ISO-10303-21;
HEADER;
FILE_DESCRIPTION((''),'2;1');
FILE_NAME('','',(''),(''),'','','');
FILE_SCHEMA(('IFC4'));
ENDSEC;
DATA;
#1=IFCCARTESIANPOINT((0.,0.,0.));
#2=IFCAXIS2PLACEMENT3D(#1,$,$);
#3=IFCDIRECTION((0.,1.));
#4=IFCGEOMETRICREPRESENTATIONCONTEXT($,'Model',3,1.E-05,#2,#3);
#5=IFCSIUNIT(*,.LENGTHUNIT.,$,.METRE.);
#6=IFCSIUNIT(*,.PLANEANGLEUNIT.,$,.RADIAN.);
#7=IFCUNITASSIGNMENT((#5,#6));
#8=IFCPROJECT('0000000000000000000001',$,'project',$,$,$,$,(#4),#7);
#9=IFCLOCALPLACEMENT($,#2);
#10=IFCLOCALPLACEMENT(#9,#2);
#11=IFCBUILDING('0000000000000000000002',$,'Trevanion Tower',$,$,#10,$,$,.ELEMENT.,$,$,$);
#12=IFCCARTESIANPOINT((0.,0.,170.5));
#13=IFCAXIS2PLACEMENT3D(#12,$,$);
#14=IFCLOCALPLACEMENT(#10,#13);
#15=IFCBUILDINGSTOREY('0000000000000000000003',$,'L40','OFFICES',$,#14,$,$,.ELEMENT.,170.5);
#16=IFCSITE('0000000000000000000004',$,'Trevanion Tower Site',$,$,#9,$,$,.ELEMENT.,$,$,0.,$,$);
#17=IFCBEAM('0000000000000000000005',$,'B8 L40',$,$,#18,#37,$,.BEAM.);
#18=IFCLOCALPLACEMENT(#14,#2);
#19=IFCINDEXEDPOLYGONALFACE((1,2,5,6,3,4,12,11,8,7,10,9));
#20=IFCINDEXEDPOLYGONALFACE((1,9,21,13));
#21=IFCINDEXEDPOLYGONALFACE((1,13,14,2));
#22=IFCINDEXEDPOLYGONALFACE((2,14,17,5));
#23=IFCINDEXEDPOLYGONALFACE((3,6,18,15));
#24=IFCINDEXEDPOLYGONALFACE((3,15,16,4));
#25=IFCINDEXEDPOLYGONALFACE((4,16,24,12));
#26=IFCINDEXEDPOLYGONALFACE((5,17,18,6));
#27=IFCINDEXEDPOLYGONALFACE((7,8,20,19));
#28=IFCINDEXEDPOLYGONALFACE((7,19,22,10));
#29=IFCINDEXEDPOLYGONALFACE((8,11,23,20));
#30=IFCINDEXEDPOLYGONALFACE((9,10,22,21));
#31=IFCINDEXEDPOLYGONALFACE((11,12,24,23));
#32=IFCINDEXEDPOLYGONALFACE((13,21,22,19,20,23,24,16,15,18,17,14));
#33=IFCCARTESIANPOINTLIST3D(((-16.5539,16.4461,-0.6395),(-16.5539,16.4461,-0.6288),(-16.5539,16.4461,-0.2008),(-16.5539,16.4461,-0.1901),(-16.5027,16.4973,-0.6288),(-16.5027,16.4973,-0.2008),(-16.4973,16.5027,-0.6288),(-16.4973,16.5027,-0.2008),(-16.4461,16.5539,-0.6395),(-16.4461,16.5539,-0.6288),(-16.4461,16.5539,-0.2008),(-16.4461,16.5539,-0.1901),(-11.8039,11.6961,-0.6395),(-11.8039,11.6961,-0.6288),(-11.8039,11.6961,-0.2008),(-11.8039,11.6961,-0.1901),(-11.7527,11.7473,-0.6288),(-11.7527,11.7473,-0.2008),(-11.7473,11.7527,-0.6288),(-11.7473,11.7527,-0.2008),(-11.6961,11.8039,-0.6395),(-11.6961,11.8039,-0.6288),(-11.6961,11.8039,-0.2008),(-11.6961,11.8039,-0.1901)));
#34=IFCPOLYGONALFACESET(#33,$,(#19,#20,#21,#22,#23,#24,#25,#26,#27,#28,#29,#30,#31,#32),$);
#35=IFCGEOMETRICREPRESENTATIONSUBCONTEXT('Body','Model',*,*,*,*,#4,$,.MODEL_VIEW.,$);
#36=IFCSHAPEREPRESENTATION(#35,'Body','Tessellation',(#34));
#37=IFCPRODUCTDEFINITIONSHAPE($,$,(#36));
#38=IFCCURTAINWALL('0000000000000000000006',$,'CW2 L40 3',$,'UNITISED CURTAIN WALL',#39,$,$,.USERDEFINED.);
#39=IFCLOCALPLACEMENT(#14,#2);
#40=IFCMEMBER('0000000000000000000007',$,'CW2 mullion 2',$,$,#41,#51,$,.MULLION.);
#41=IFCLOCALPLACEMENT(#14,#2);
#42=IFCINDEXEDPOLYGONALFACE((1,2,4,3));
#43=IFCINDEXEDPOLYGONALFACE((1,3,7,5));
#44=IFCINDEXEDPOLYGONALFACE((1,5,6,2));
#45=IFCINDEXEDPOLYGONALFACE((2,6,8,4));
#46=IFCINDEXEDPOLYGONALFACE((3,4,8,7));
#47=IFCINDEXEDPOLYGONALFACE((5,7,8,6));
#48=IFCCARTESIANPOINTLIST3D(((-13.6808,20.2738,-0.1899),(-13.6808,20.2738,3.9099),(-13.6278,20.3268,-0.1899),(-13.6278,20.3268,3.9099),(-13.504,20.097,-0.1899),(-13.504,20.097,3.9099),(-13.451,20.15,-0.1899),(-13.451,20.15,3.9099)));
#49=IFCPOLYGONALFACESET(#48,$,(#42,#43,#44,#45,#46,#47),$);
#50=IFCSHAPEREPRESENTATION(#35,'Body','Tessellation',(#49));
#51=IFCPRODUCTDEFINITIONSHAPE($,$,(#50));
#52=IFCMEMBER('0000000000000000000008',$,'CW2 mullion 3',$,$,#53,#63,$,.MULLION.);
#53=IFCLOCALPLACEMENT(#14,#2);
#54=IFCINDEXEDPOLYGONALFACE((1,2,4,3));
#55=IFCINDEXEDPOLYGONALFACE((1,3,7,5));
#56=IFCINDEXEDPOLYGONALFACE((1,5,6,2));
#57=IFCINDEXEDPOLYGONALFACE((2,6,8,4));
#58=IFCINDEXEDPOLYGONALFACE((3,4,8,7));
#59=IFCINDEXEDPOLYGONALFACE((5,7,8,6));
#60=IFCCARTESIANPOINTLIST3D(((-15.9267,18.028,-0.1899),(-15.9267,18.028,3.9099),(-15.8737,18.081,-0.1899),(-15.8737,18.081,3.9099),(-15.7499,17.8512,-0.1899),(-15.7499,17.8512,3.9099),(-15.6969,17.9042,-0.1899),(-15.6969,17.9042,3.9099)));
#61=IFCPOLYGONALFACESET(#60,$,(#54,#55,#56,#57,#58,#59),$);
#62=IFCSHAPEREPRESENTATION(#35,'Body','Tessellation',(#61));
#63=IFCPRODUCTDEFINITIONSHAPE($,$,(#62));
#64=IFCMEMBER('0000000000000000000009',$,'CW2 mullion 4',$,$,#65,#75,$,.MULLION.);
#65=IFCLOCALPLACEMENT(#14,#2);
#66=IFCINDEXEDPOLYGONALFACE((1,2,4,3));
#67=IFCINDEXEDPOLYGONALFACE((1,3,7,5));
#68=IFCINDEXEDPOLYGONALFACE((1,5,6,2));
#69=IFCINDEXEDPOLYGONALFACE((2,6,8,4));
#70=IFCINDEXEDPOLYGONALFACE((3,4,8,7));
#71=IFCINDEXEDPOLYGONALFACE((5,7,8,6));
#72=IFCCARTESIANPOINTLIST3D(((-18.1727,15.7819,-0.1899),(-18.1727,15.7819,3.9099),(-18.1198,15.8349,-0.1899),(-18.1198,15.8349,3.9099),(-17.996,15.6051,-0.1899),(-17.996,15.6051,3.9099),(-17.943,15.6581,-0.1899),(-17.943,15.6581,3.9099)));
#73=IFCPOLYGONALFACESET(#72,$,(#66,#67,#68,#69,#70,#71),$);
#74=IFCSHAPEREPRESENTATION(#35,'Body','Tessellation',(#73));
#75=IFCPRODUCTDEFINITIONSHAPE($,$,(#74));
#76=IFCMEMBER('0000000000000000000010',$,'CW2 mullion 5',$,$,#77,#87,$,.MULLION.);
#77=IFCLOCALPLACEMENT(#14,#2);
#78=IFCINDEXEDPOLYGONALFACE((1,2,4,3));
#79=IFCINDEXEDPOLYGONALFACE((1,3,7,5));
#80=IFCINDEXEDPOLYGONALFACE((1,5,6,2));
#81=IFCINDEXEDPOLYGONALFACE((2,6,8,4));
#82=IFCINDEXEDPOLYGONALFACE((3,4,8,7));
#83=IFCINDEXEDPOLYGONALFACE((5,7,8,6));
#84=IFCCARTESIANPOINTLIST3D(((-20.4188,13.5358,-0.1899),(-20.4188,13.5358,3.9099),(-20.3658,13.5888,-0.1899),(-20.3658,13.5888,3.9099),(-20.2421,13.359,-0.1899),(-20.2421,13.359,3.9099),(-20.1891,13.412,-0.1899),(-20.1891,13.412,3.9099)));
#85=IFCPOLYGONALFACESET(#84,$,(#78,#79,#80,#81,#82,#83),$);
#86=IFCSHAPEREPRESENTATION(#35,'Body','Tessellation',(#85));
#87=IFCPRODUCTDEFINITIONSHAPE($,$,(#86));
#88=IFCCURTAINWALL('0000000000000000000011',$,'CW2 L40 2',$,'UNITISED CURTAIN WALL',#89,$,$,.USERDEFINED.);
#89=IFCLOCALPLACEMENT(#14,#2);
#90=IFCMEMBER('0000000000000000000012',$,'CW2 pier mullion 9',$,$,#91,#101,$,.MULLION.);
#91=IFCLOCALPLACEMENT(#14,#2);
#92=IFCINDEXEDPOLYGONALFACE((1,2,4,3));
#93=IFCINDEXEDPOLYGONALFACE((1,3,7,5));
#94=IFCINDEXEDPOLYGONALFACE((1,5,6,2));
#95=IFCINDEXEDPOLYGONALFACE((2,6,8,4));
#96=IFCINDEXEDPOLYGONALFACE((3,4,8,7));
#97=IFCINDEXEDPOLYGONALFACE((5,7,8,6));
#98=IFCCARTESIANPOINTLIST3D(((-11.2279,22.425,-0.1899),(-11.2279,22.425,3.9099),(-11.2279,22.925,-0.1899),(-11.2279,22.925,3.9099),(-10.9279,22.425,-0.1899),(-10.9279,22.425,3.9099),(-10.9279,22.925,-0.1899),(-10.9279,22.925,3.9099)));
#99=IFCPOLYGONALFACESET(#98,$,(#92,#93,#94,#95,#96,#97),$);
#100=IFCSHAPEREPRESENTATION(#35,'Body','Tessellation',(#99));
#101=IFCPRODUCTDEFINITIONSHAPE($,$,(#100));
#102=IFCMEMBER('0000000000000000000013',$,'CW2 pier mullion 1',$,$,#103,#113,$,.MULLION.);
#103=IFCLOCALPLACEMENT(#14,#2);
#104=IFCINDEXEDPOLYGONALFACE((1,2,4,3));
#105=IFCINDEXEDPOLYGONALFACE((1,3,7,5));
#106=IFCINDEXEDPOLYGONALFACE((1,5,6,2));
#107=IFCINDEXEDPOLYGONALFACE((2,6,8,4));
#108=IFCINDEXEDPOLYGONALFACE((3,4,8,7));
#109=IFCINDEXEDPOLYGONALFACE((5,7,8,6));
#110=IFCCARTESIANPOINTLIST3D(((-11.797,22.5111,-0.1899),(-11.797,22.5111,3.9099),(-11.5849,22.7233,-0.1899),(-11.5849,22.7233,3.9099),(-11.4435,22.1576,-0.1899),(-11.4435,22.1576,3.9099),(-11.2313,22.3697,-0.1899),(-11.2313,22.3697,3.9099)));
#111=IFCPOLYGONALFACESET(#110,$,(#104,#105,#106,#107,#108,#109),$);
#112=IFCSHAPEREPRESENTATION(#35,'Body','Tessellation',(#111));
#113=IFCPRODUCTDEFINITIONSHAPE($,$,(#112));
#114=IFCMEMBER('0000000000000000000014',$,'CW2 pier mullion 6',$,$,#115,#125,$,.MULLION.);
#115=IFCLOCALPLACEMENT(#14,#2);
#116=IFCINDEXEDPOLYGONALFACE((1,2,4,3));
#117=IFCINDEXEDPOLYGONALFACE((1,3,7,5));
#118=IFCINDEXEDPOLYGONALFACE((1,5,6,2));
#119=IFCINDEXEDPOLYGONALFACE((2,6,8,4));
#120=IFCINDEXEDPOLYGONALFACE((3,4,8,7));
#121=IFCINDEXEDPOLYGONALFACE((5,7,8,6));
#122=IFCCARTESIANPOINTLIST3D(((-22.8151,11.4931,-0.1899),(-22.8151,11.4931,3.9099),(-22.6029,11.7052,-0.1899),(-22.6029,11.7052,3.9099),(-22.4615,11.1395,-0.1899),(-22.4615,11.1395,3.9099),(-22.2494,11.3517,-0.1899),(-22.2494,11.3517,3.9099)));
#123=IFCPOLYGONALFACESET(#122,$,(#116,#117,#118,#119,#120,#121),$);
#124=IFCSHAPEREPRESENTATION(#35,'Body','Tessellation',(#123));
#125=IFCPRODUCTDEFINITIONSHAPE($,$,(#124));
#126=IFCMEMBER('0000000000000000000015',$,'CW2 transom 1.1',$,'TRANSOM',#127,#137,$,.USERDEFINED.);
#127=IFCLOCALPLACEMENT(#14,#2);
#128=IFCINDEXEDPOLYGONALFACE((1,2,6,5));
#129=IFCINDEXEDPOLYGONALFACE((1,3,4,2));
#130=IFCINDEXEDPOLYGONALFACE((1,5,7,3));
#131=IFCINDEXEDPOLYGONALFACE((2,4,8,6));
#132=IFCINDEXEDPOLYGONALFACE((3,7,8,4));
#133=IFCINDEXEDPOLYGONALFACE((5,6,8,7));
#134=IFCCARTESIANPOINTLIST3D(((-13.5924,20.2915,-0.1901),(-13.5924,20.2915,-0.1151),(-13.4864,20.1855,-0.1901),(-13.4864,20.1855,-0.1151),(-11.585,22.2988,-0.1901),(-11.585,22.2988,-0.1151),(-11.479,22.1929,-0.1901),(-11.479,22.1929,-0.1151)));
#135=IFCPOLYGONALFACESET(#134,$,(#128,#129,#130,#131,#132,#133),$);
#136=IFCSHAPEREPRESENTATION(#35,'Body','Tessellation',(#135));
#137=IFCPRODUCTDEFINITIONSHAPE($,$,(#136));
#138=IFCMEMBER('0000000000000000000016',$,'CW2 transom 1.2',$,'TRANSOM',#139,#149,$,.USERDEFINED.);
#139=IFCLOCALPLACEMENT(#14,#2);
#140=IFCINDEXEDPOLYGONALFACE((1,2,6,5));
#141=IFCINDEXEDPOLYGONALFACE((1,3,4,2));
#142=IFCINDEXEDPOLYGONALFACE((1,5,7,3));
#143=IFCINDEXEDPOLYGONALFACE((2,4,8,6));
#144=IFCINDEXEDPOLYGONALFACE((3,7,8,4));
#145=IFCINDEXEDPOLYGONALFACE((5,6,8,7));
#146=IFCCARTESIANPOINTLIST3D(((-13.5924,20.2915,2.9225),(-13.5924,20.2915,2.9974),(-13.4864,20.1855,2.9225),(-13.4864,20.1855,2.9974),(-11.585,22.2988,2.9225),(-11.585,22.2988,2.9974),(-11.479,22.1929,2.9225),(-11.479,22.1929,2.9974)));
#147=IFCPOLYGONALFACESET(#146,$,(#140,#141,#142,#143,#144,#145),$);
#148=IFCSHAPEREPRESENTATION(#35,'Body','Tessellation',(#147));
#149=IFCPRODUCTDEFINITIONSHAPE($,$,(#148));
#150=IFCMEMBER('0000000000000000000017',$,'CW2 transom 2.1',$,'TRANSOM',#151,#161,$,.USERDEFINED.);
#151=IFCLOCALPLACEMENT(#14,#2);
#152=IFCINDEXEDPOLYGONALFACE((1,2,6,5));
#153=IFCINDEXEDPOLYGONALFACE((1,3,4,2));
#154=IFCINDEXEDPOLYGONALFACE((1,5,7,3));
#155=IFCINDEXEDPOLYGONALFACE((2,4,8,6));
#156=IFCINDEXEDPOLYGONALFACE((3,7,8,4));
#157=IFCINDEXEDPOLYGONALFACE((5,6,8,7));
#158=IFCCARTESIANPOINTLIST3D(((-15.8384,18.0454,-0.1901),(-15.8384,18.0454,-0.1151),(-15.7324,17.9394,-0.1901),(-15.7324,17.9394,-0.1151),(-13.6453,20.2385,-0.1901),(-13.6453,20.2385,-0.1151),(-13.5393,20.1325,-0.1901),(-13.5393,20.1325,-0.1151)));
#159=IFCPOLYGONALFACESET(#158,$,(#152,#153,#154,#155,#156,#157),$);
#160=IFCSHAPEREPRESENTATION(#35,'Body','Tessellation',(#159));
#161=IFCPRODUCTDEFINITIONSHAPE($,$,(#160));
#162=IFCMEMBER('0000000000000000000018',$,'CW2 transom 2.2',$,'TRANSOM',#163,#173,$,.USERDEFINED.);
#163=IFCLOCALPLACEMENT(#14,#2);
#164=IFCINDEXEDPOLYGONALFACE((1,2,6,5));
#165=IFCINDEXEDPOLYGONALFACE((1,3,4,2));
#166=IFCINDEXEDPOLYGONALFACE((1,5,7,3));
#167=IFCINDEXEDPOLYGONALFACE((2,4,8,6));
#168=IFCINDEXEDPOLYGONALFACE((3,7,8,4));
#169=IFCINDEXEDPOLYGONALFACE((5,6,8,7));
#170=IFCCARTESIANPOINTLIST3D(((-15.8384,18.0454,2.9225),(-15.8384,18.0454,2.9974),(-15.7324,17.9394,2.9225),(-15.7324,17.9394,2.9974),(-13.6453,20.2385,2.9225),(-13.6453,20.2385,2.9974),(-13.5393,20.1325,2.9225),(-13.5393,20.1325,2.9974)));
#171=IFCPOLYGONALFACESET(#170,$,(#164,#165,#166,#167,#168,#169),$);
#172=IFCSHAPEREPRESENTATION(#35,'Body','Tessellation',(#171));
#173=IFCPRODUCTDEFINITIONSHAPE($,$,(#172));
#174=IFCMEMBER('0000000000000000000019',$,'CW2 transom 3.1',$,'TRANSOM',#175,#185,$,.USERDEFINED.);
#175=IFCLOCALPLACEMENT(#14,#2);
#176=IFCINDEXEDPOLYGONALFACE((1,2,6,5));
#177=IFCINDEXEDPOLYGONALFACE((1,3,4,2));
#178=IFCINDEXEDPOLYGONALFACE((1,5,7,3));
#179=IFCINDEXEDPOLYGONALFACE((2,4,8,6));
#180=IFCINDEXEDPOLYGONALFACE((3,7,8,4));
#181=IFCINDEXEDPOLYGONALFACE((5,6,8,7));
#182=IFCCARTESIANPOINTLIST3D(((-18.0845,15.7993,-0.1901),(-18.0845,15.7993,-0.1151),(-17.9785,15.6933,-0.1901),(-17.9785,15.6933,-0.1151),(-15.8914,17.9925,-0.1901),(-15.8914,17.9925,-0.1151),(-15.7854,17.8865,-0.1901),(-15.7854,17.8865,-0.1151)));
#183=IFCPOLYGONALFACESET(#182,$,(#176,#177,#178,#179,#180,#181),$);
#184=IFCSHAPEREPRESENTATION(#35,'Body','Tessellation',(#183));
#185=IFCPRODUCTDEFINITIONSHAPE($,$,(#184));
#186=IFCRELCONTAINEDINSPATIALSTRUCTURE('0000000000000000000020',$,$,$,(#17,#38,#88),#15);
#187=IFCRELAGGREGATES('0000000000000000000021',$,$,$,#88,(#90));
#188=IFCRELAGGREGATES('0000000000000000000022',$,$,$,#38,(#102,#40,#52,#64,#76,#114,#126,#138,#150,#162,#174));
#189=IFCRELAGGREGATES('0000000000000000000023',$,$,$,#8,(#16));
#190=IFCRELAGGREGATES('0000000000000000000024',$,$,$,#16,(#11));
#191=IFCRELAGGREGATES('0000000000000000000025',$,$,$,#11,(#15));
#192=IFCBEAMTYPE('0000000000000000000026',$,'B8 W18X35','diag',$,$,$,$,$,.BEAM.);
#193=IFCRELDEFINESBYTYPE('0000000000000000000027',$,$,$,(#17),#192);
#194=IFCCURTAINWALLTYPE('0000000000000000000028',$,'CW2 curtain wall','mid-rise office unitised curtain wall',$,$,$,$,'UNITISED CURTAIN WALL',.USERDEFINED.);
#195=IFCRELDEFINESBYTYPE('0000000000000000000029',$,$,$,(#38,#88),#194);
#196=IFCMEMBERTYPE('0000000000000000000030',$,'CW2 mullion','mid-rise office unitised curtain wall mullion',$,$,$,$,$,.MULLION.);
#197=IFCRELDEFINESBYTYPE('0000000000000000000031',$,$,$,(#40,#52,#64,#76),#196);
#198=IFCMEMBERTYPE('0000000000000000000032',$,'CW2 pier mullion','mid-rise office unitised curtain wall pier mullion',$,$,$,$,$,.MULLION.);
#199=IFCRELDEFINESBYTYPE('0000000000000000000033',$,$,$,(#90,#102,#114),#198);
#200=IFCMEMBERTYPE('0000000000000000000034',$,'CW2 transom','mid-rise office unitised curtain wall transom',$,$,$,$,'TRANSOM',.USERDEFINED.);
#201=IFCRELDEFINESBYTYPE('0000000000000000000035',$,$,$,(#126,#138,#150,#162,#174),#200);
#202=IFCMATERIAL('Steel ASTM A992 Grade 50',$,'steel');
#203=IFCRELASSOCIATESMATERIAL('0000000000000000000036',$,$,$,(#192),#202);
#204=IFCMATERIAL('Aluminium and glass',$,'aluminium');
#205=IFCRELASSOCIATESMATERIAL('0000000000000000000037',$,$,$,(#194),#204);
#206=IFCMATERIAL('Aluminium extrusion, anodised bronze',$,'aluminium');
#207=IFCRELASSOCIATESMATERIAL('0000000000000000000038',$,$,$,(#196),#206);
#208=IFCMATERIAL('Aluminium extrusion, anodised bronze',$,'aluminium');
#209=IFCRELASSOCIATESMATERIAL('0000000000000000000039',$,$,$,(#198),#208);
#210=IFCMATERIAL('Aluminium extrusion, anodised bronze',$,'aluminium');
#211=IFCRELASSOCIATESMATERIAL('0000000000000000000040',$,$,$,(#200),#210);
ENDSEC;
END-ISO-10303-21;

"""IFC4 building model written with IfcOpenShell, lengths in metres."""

from ifc_helpers import new_model, si_unit, direction, frame, origin, origin_2d, place, context, subcontext, project, spatial, rectangle, i_section, extrude, material, material_profile, profile_set, type_object, element, aggregate, save


model = new_model("IFC4")

# Units and contexts
model_context = context("Model", 3, precision=1e-05, world=origin(), true_north=direction((0.0, 1.0)))
body_context = subcontext(model_context, "Body", "Model", "MODEL_VIEW")
ifc_project = project(units=[si_unit("LENGTHUNIT", "METRE"), si_unit("PLANEANGLEUNIT", "RADIAN")], contexts=[model_context])

# Site, building, storey
site_placement = place(None, origin())
site = spatial("IfcSite", under=ifc_project, at=site_placement, Name="Trevanion Tower Site", CompositionType="ELEMENT", RefElevation=0.0)
building_placement = place(site_placement, origin())
building = spatial("IfcBuilding", under=site, at=building_placement, Name="Trevanion Tower", CompositionType="ELEMENT")
storey_placement = place(building_placement, frame((0.0, 0.0, 170.5)))
storey = spatial("IfcBuildingStorey", under=building, at=storey_placement, Name="L40", Description="OFFICES", CompositionType="ELEMENT", Elevation=170.5)

# Beam
ifc_material_1 = material(Name="Steel ASTM A992 Grade 50", Category="steel")
ifc_material_profile_1 = material_profile(ifc_material_1, i_section(OverallWidth=0.1523, OverallDepth=0.4495, WebThickness=0.0076, FlangeThickness=0.0107, at=origin_2d()), Name="W18X35")
ifc_profile_set_1 = profile_set([ifc_material_profile_1], Name="Steel ASTM A992 Grade 50")
beam_type_1 = type_object("IfcBeamType", Name="B8 W18X35", Description="diag", PredefinedType="BEAM", material=ifc_profile_set_1)
beam_1_placement = place(storey_placement, frame((-11.75, 11.75, -0.4148), z_axis=(-0.707107, 0.707107, 0.0), x_axis=(-0.707107, -0.707107, 0.0)))
element("IfcBeam", 1, at=beam_1_placement, inside=storey, type_object=beam_type_1, Name="B8 L40", PredefinedType="BEAM", context=body_context, shape_type="SweptSolid", body=[
    extrude(i_section(OverallWidth=0.1523, OverallDepth=0.4495, WebThickness=0.0076, FlangeThickness=0.0107, at=origin_2d()), origin(), (0.0, 0.0, 1.0), 6.7175),
])

# Curtain wall, members
ifc_material_2 = material(Name="Aluminium and glass", Category="aluminium")
curtain_wall_type = type_object("IfcCurtainWallType", Name="CW2 curtain wall", Description="mid-rise office unitised curtain wall", ElementType="UNITISED CURTAIN WALL", PredefinedType="USERDEFINED", material=ifc_material_2)
curtain_wall_1_placement = place(storey_placement, origin())
curtain_wall_1 = element("IfcCurtainWall", 2, at=curtain_wall_1_placement, inside=storey, type_object=curtain_wall_type, Name="CW2 L40 3", ObjectType="UNITISED CURTAIN WALL", PredefinedType="USERDEFINED")
ifc_material_3 = material(Name="Aluminium extrusion, anodised bronze", Category="aluminium")
ifc_material_profile_2 = material_profile(ifc_material_3, rectangle(XDim=0.075, YDim=0.25, at=origin_2d()), Name="CW2 mullion")
ifc_profile_set_2 = profile_set([ifc_material_profile_2], Name="Aluminium extrusion, anodised bronze")
member_type_1 = type_object("IfcMemberType", Name="CW2 mullion", Description="mid-rise office unitised curtain wall mullion", PredefinedType="MULLION", material=ifc_profile_set_2)
member_1_placement = place(storey_placement, frame((-13.5659, 20.2119, -0.1899), z_axis=(0.0, 0.0, 1.0), x_axis=(-0.707107, -0.707107, 0.0)))
member_1 = element("IfcMember", 3, at=member_1_placement, type_object=member_type_1, Name="CW2 mullion 2", PredefinedType="MULLION", context=body_context, shape_type="SweptSolid", body=[
    extrude(rectangle(XDim=0.075, YDim=0.25, at=origin_2d()), origin(), (0.0, 0.0, 1.0), 4.0999),
])
member_2_placement = place(storey_placement, frame((-15.8118, 17.9661, -0.1899), z_axis=(0.0, 0.0, 1.0), x_axis=(-0.707107, -0.707107, 0.0)))
member_2 = element("IfcMember", 4, at=member_2_placement, type_object=member_type_1, Name="CW2 mullion 3", PredefinedType="MULLION", context=body_context, shape_type="SweptSolid", body=[
    extrude(rectangle(XDim=0.075, YDim=0.25, at=origin_2d()), origin(), (0.0, 0.0, 1.0), 4.0999),
])
member_3_placement = place(storey_placement, frame((-18.0579, 15.72, -0.1899), z_axis=(0.0, 0.0, 1.0), x_axis=(-0.707107, -0.707107, 0.0)))
member_3 = element("IfcMember", 5, at=member_3_placement, type_object=member_type_1, Name="CW2 mullion 4", PredefinedType="MULLION", context=body_context, shape_type="SweptSolid", body=[
    extrude(rectangle(XDim=0.075, YDim=0.25, at=origin_2d()), origin(), (0.0, 0.0, 1.0), 4.0999),
])
member_4_placement = place(storey_placement, frame((-20.304, 13.4739, -0.1899), z_axis=(0.0, 0.0, 1.0), x_axis=(-0.707107, -0.707107, 0.0)))
member_4 = element("IfcMember", 6, at=member_4_placement, type_object=member_type_1, Name="CW2 mullion 5", PredefinedType="MULLION", context=body_context, shape_type="SweptSolid", body=[
    extrude(rectangle(XDim=0.075, YDim=0.25, at=origin_2d()), origin(), (0.0, 0.0, 1.0), 4.0999),
])

# Curtain wall, member
curtain_wall_2_placement = place(storey_placement, origin())
curtain_wall_2 = element("IfcCurtainWall", 7, at=curtain_wall_2_placement, inside=storey, type_object=curtain_wall_type, Name="CW2 L40 2", ObjectType="UNITISED CURTAIN WALL", PredefinedType="USERDEFINED")
ifc_material_4 = material(Name="Aluminium extrusion, anodised bronze", Category="aluminium")
ifc_material_profile_3 = material_profile(ifc_material_4, rectangle(XDim=0.3, YDim=0.5, at=origin_2d()), Name="CW2 pier mullion")
ifc_profile_set_3 = profile_set([ifc_material_profile_3], Name="Aluminium extrusion, anodised bronze")
member_type_2 = type_object("IfcMemberType", Name="CW2 pier mullion", Description="mid-rise office unitised curtain wall pier mullion", PredefinedType="MULLION", material=ifc_profile_set_3)
member_5_placement = place(storey_placement, frame((-11.0779, 22.675, -0.1899), z_axis=(0.0, 0.0, 1.0), x_axis=(-1.0, 0.0, 0.0)))
member_5 = element("IfcMember", 8, at=member_5_placement, type_object=member_type_2, Name="CW2 pier mullion 9", PredefinedType="MULLION", context=body_context, shape_type="SweptSolid", body=[
    extrude(rectangle(XDim=0.3, YDim=0.5, at=origin_2d()), origin(), (0.0, 0.0, 1.0), 4.0999),
])
aggregate(curtain_wall_2, [member_5])

# Members
member_6_placement = place(storey_placement, frame((-11.5142, 22.4404, -0.1899), z_axis=(0.0, 0.0, 1.0), x_axis=(-0.707107, -0.707107, 0.0)))
member_6 = element("IfcMember", 9, at=member_6_placement, type_object=member_type_2, Name="CW2 pier mullion 1", PredefinedType="MULLION", context=body_context, shape_type="SweptSolid", body=[
    extrude(rectangle(XDim=0.3, YDim=0.5, at=origin_2d()), origin(), (0.0, 0.0, 1.0), 4.0999),
])
member_7_placement = place(storey_placement, frame((-22.5322, 11.4224, -0.1899), z_axis=(0.0, 0.0, 1.0), x_axis=(-0.707107, -0.707107, 0.0)))
member_7 = element("IfcMember", 10, at=member_7_placement, type_object=member_type_2, Name="CW2 pier mullion 6", PredefinedType="MULLION", context=body_context, shape_type="SweptSolid", body=[
    extrude(rectangle(XDim=0.3, YDim=0.5, at=origin_2d()), origin(), (0.0, 0.0, 1.0), 4.0999),
])
ifc_material_5 = material(Name="Aluminium extrusion, anodised bronze", Category="aluminium")
ifc_material_profile_4 = material_profile(ifc_material_5, rectangle(XDim=0.1499, YDim=0.075, at=origin_2d()), Name="CW2 transom")
ifc_profile_set_4 = profile_set([ifc_material_profile_4], Name="Aluminium extrusion, anodised bronze")
member_type_3 = type_object("IfcMemberType", Name="CW2 transom", Description="mid-rise office unitised curtain wall transom", ElementType="TRANSOM", PredefinedType="USERDEFINED", material=ifc_profile_set_4)
member_8_placement = place(storey_placement, frame((-11.532, 22.2458, -0.1526), z_axis=(-0.707107, -0.707107, 0.0), x_axis=(0.707107, -0.707107, 0.0)))
member_8 = element("IfcMember", 11, at=member_8_placement, type_object=member_type_3, Name="CW2 transom 1.1", ObjectType="TRANSOM", PredefinedType="USERDEFINED", context=body_context, shape_type="SweptSolid", body=[
    extrude(rectangle(XDim=0.1499, YDim=0.075, at=origin_2d()), origin(), (0.0, 0.0, 1.0), 2.8389),
])
member_9_placement = place(storey_placement, frame((-11.532, 22.2458, 2.96), z_axis=(-0.707107, -0.707107, 0.0), x_axis=(0.707107, -0.707107, 0.0)))
member_9 = element("IfcMember", 12, at=member_9_placement, type_object=member_type_3, Name="CW2 transom 1.2", ObjectType="TRANSOM", PredefinedType="USERDEFINED", context=body_context, shape_type="SweptSolid", body=[
    extrude(rectangle(XDim=0.1499, YDim=0.075, at=origin_2d()), origin(), (0.0, 0.0, 1.0), 2.8389),
])
member_10_placement = place(storey_placement, frame((-13.5923, 20.1855, -0.1526), z_axis=(-0.707107, -0.707107, 0.0), x_axis=(0.707107, -0.707107, 0.0)))
member_10 = element("IfcMember", 13, at=member_10_placement, type_object=member_type_3, Name="CW2 transom 2.1", ObjectType="TRANSOM", PredefinedType="USERDEFINED", context=body_context, shape_type="SweptSolid", body=[
    extrude(rectangle(XDim=0.1499, YDim=0.075, at=origin_2d()), origin(), (0.0, 0.0, 1.0), 3.1016),
])
member_11_placement = place(storey_placement, frame((-13.5923, 20.1855, 2.96), z_axis=(-0.707107, -0.707107, 0.0), x_axis=(0.707107, -0.707107, 0.0)))
member_11 = element("IfcMember", 14, at=member_11_placement, type_object=member_type_3, Name="CW2 transom 2.2", ObjectType="TRANSOM", PredefinedType="USERDEFINED", context=body_context, shape_type="SweptSolid", body=[
    extrude(rectangle(XDim=0.1499, YDim=0.075, at=origin_2d()), origin(), (0.0, 0.0, 1.0), 3.1016),
])
member_12_placement = place(storey_placement, frame((-15.8384, 17.9395, -0.1526), z_axis=(-0.707107, -0.707107, 0.0), x_axis=(0.707107, -0.707107, 0.0)))
member_12 = element("IfcMember", 15, at=member_12_placement, type_object=member_type_3, Name="CW2 transom 3.1", ObjectType="TRANSOM", PredefinedType="USERDEFINED", context=body_context, shape_type="SweptSolid", body=[
    extrude(rectangle(XDim=0.1499, YDim=0.075, at=origin_2d()), origin(), (0.0, 0.0, 1.0), 3.1016),
])

aggregate(curtain_wall_1, [member_6, member_1, member_2, member_3, member_4, member_7, member_8, member_9, member_10, member_11, member_12])

save(model, "model.ifc")
